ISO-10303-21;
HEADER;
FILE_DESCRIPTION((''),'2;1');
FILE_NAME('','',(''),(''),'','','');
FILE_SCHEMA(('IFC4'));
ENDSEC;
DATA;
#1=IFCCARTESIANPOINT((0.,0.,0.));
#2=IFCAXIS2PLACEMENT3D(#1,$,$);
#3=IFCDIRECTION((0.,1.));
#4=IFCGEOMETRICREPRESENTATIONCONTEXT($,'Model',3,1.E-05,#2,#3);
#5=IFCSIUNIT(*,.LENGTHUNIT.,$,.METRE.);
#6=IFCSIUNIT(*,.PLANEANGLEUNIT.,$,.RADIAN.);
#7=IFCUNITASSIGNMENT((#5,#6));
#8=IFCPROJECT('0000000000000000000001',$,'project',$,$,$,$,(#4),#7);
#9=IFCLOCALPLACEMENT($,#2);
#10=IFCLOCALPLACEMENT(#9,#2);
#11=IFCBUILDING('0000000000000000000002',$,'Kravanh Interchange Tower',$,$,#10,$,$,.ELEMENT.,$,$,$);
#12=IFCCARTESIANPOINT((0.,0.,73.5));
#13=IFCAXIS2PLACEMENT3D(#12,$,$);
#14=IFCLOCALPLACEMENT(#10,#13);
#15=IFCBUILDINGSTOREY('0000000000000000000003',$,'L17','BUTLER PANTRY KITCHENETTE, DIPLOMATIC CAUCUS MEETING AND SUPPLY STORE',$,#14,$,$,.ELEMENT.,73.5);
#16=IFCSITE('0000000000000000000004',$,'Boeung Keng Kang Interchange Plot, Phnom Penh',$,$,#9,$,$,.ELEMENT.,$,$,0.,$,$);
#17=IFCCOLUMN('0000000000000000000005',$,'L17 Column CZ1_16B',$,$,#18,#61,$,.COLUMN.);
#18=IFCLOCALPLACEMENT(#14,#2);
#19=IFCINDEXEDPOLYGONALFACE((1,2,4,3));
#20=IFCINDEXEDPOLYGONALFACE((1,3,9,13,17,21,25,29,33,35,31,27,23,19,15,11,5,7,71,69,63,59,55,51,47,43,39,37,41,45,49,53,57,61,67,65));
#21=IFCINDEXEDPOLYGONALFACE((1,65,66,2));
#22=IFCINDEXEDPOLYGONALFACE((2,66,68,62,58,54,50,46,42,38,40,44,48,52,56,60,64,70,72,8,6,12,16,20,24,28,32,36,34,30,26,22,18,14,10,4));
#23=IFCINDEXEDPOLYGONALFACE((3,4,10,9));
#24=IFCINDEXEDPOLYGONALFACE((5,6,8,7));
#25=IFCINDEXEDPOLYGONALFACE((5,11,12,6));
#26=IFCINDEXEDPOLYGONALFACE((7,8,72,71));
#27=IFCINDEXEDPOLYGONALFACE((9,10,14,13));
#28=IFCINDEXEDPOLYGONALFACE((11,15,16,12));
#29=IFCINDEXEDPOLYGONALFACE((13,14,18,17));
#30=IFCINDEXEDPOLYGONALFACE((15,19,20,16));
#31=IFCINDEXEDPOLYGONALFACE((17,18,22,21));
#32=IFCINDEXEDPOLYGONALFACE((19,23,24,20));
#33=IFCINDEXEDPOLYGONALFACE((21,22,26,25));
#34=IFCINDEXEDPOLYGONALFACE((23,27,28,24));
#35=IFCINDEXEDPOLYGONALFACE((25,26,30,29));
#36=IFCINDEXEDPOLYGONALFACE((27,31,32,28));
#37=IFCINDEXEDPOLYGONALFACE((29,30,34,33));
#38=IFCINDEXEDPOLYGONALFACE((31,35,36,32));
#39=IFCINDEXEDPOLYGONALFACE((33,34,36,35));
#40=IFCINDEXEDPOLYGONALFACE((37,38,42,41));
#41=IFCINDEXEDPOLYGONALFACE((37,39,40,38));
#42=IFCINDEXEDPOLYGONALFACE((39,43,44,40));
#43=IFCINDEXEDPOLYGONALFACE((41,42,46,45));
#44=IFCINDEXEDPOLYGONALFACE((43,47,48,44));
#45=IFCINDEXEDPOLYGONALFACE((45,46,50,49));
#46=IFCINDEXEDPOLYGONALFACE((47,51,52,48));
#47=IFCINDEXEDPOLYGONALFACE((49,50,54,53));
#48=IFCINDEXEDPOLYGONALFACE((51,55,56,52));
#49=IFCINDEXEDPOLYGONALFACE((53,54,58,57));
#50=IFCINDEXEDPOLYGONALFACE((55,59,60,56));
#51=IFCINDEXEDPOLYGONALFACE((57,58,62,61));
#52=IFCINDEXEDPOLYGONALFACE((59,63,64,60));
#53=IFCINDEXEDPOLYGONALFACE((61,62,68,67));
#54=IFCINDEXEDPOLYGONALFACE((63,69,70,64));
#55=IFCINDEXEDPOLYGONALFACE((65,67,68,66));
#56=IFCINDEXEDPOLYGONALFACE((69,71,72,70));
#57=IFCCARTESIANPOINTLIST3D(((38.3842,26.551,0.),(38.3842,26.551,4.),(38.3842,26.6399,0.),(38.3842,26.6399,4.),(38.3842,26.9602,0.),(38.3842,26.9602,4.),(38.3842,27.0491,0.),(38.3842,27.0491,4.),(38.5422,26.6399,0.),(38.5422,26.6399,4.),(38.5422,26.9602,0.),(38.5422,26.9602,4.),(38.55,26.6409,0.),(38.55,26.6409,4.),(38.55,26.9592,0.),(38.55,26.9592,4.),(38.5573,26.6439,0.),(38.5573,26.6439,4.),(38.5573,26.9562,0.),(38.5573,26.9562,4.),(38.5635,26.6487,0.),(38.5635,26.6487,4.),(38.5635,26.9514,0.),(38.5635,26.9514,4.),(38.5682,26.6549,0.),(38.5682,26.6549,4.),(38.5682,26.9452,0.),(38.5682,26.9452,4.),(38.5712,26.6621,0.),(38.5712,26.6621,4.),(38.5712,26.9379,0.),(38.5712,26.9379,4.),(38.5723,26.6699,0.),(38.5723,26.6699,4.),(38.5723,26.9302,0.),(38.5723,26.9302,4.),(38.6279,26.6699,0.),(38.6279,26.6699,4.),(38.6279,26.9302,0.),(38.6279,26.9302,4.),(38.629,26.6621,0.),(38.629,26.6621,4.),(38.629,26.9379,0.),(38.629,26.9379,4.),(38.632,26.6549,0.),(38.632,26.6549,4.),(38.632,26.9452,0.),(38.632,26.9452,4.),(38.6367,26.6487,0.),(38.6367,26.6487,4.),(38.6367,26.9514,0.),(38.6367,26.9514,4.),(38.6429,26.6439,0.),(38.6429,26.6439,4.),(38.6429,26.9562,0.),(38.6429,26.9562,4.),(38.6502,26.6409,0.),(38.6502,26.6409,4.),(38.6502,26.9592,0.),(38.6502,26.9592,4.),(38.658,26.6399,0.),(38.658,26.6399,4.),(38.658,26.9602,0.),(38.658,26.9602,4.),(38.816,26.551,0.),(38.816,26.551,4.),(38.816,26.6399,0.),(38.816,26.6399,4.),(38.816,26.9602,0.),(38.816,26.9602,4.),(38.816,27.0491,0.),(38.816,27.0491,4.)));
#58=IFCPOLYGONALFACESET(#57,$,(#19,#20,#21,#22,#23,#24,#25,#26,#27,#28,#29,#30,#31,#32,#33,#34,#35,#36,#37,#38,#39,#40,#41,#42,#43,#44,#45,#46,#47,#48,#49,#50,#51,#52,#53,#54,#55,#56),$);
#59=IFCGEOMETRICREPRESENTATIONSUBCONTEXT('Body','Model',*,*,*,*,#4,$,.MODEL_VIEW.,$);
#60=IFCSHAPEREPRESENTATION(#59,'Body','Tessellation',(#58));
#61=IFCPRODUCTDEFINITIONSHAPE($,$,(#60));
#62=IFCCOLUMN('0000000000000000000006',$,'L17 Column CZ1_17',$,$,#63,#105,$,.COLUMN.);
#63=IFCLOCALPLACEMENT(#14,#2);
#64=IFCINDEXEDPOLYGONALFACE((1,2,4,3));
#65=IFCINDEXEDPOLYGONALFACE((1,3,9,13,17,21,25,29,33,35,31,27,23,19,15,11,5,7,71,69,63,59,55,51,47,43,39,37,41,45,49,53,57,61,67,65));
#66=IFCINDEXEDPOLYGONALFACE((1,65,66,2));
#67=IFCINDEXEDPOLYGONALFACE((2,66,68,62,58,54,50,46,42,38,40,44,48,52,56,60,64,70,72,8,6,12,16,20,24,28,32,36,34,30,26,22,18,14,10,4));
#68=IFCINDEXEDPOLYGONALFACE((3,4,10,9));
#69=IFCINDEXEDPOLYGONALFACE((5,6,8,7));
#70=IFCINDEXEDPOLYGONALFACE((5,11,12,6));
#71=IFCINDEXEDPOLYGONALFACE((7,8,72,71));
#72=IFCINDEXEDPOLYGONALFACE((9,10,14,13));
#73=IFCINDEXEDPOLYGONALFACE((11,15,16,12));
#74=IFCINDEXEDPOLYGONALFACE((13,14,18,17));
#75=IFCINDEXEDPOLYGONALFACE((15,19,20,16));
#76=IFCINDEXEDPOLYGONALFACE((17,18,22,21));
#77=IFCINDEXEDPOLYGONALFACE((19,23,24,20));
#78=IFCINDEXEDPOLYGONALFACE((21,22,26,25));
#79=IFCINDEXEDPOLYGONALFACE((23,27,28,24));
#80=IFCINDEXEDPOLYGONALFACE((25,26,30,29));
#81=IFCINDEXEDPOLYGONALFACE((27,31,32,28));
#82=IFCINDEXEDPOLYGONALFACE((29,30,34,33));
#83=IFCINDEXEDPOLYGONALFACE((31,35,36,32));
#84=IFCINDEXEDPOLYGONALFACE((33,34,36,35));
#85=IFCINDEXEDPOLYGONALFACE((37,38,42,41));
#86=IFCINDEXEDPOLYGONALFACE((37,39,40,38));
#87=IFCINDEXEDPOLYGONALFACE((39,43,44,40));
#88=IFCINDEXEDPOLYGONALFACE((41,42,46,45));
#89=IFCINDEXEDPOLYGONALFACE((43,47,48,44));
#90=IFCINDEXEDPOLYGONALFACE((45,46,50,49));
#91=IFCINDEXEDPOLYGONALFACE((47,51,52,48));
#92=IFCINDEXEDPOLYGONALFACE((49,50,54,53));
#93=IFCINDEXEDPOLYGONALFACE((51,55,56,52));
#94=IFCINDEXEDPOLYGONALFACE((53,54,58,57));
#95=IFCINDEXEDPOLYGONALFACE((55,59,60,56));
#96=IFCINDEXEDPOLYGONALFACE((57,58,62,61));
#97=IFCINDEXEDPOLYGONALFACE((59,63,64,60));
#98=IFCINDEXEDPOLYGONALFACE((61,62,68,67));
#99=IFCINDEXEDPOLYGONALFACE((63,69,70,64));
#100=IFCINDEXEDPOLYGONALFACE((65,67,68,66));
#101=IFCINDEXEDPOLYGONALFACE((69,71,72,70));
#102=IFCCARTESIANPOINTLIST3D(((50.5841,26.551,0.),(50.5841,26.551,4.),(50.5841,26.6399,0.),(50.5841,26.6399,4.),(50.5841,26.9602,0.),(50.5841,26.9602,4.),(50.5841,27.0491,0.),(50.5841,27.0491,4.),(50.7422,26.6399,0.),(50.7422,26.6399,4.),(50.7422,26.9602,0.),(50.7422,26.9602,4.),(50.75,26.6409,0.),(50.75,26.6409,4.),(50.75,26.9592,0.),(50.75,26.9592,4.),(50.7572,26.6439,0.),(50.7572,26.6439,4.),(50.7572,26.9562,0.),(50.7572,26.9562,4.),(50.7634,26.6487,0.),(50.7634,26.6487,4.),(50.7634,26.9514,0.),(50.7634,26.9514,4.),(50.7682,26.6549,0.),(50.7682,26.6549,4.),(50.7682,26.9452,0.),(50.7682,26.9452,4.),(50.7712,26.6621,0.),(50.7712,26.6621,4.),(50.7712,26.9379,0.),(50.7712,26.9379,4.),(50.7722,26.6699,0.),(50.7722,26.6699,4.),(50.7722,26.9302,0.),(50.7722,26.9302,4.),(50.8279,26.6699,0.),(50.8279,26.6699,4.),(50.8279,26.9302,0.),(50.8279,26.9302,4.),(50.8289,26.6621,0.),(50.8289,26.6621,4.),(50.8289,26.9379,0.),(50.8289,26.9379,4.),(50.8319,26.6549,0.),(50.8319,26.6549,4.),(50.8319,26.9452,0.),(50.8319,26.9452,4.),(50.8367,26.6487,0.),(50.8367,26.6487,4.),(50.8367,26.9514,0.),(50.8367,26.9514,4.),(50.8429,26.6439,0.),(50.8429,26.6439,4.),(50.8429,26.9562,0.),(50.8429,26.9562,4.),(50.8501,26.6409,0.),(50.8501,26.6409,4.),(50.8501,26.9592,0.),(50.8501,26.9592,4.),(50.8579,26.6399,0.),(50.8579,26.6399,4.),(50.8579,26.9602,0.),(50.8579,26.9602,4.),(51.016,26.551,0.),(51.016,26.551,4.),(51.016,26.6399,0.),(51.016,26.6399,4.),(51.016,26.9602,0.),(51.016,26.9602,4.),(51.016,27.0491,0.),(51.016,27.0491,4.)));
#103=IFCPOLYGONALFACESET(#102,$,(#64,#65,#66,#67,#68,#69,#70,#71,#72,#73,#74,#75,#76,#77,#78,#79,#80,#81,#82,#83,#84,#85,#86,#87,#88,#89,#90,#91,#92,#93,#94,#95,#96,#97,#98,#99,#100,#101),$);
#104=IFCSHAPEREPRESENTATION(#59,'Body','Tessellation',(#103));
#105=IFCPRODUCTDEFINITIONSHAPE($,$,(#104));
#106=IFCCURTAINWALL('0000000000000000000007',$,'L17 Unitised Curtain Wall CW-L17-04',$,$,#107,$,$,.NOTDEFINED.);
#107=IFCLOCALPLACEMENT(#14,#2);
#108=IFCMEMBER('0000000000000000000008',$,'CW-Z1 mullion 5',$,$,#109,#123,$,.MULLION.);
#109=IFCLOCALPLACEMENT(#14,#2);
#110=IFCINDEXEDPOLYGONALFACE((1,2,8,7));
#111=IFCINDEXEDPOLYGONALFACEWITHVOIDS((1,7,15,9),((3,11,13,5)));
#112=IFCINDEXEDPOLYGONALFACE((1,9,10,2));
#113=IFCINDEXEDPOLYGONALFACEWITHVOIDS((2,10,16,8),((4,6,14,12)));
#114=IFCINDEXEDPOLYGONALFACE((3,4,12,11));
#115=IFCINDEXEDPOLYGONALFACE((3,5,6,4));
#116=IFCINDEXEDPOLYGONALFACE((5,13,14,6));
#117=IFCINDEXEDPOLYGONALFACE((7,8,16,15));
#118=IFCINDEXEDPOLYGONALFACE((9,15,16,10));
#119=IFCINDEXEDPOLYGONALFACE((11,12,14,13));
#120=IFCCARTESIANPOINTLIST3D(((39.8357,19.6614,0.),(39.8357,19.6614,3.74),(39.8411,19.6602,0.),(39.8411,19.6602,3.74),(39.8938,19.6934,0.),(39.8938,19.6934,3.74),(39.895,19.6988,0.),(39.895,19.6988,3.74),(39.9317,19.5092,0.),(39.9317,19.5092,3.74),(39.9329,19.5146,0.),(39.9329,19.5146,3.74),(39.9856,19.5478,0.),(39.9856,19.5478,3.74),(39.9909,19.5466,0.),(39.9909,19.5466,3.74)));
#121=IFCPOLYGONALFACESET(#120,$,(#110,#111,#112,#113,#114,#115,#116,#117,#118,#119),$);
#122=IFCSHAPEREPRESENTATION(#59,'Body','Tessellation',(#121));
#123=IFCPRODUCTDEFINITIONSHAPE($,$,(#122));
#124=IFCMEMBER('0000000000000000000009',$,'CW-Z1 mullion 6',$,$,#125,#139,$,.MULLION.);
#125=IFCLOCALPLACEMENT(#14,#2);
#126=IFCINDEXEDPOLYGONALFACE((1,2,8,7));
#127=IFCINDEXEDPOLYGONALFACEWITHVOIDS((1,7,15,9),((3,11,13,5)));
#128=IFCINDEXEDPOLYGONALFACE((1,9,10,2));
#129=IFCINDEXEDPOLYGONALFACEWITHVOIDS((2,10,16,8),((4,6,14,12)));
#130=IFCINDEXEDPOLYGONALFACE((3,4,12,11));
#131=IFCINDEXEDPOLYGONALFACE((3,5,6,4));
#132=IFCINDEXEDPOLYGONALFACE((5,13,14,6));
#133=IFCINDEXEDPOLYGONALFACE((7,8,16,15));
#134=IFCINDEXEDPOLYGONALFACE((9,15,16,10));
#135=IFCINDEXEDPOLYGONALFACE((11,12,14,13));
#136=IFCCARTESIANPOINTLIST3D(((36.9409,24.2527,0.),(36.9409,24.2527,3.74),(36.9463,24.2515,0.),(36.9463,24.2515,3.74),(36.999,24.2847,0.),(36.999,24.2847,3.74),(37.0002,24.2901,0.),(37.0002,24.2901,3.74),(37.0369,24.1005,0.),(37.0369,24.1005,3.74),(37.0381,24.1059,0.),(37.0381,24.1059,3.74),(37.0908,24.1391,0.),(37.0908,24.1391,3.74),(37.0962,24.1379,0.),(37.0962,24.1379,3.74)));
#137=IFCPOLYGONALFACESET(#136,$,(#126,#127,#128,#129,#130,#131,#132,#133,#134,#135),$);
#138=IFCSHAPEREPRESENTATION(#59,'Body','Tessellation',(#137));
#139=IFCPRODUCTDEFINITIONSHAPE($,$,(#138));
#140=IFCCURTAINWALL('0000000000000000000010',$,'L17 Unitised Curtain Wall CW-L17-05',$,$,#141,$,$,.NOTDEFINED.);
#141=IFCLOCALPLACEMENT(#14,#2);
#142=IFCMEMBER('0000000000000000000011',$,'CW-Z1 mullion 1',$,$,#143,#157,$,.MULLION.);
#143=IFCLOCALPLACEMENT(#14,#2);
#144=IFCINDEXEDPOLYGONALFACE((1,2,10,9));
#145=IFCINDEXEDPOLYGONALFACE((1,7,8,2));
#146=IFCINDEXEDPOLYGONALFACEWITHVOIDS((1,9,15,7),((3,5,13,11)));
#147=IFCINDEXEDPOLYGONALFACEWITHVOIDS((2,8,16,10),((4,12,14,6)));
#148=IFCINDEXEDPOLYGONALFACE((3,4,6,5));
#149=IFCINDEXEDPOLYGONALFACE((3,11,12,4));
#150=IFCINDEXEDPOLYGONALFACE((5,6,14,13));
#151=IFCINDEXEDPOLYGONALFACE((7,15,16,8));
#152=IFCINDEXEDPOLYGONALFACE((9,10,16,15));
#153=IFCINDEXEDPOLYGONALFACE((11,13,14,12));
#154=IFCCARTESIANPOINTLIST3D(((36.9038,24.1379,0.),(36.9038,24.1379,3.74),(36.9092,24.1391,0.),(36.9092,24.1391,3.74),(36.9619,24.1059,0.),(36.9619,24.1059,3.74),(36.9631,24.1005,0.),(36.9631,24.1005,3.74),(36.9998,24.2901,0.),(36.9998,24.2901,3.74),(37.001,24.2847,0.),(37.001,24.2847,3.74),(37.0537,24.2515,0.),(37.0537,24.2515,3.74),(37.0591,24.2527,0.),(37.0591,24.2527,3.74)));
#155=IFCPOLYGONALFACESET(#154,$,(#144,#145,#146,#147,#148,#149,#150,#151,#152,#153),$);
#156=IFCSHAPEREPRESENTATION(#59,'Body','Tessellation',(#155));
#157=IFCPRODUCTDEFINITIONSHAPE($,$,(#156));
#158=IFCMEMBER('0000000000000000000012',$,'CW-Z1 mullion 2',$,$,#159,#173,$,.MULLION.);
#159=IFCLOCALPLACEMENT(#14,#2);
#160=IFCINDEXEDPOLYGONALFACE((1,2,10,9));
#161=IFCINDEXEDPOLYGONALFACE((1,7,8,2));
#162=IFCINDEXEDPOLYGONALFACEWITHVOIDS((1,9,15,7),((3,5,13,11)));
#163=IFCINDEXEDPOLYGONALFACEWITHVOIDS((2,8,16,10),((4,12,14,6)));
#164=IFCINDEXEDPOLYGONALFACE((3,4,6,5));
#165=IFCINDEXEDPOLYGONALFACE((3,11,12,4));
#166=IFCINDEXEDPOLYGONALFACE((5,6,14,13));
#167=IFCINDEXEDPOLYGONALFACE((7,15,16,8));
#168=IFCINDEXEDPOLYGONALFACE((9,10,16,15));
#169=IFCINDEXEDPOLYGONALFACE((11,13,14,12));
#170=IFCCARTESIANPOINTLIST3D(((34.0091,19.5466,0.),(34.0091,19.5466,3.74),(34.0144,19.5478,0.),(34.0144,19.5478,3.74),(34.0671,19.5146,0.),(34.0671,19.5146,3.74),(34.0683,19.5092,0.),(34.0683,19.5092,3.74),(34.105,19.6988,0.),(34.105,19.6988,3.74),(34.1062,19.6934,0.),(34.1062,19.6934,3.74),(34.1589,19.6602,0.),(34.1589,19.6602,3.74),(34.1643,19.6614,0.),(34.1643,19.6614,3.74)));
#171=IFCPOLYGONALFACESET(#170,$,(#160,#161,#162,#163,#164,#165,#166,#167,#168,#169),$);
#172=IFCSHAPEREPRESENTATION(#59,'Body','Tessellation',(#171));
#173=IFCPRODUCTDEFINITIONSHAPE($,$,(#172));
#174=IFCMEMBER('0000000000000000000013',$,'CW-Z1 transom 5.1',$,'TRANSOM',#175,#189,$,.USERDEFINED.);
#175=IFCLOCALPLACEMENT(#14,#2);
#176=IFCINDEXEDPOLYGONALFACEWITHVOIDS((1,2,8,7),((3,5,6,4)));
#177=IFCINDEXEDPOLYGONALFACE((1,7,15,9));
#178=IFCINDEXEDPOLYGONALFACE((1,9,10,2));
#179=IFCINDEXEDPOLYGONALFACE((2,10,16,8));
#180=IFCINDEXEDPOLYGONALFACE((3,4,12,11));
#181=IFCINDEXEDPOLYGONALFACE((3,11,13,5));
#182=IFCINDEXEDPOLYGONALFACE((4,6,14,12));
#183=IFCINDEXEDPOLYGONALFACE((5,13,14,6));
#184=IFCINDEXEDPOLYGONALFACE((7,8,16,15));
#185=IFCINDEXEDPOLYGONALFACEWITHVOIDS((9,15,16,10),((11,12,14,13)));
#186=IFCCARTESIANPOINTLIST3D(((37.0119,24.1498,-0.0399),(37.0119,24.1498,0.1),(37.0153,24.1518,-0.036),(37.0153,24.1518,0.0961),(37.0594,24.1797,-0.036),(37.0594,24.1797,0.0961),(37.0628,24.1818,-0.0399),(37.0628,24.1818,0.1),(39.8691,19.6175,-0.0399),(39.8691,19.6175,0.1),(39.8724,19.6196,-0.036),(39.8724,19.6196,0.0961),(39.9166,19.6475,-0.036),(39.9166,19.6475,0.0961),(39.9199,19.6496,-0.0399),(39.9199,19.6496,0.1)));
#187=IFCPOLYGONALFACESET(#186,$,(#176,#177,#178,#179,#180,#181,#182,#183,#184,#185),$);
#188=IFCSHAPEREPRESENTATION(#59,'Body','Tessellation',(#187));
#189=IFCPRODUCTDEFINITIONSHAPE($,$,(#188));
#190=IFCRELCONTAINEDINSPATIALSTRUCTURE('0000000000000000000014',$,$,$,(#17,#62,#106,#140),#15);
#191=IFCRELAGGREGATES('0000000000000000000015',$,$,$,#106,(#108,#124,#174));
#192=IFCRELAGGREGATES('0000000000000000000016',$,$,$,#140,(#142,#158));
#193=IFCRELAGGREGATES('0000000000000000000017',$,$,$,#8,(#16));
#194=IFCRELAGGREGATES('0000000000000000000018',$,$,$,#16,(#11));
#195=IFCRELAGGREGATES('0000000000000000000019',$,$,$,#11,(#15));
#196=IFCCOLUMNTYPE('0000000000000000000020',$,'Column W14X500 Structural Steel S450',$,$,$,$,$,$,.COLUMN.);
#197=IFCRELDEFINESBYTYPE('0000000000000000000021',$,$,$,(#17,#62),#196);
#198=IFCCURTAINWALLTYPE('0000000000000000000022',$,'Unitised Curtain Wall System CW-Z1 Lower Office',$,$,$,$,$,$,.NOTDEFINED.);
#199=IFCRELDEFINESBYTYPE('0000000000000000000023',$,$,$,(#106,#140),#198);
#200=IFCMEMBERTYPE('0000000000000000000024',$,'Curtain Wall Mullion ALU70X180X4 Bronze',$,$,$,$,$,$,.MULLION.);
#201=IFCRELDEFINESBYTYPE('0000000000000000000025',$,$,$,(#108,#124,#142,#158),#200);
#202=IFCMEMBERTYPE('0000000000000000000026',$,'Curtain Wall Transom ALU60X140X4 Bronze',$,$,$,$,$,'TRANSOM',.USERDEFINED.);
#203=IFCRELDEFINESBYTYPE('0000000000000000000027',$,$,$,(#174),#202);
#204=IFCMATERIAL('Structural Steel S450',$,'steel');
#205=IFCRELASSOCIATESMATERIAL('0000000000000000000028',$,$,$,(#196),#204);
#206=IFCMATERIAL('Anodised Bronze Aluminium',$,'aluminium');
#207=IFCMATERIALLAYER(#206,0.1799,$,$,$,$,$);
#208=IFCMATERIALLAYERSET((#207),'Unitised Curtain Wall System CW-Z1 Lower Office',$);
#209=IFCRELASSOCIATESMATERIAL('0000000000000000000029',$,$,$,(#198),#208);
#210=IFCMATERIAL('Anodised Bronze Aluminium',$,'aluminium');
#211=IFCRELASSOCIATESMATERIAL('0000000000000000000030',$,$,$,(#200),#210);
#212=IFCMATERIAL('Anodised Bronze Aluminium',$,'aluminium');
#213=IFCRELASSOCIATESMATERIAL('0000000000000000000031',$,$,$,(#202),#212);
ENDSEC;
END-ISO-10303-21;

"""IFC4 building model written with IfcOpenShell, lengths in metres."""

from ifc_helpers import new_model, si_unit, direction, frame, origin, origin_2d, place, context, subcontext, project, spatial, hollow_rectangle, i_section, extrude, material, layer, layer_set, material_profile, profile_set, type_object, element, aggregate, save


model = new_model("IFC4")

# Units and contexts
model_context = context("Model", 3, precision=1e-05, world=origin(), true_north=direction((0.0, 1.0)))
body_context = subcontext(model_context, "Body", "Model", "MODEL_VIEW")
ifc_project = project(units=[si_unit("LENGTHUNIT", "METRE"), si_unit("PLANEANGLEUNIT", "RADIAN")], contexts=[model_context])

# Site, building, storey
site_placement = place(None, origin())
site = spatial("IfcSite", under=ifc_project, at=site_placement, Name="Boeung Keng Kang Interchange Plot, Phnom Penh", CompositionType="ELEMENT", RefElevation=0.0)
building_placement = place(site_placement, origin())
building = spatial("IfcBuilding", under=site, at=building_placement, Name="Kravanh Interchange Tower", CompositionType="ELEMENT")
storey_placement = place(building_placement, frame((0.0, 0.0, 73.5)))
storey = spatial("IfcBuildingStorey", under=building, at=storey_placement, Name="L17", Description="BUTLER PANTRY KITCHENETTE, DIPLOMATIC CAUCUS MEETING AND SUPPLY STORE", CompositionType="ELEMENT", Elevation=73.5)

# Columns
ifc_material_1 = material(Name="Structural Steel S450", Category="steel")
ifc_material_profile_1 = material_profile(ifc_material_1, i_section(OverallWidth=0.4319, OverallDepth=0.498, WebThickness=0.0557, FlangeThickness=0.0889, FilletRadius=0.03, at=origin_2d()), Name="W14X500")
ifc_profile_set_1 = profile_set([ifc_material_profile_1], Name="Structural Steel S450")
column_type = type_object("IfcColumnType", Name="Column W14X500 Structural Steel S450", PredefinedType="COLUMN", material=ifc_profile_set_1)
for number, where, z_axis, x_axis, name in (
    (1, (38.6001, 26.8, 0.0), (0.0, 0.0, 1.0), (1.0, 0.0, 0.0), "L17 Column CZ1_16B"),
    (2, (50.8, 26.8, 0.0), (0.0, 0.0, 1.0), (1.0, 0.0, 0.0), "L17 Column CZ1_17"),
):
    element("IfcColumn", number, at=place(storey_placement, frame(where, z_axis=z_axis, x_axis=x_axis)), inside=storey, type_object=column_type, Name=name, PredefinedType="COLUMN", context=body_context, shape_type="SweptSolid", body=[
        extrude(i_section(OverallWidth=0.4319, OverallDepth=0.498, WebThickness=0.0557, FlangeThickness=0.0889, FilletRadius=0.03, at=origin_2d()), origin(), (0.0, 0.0, 1.0), 4.0),
    ])

# Curtain walls, members
ifc_material_2 = material(Name="Anodised Bronze Aluminium", Category="aluminium")
ifc_layer_1 = layer(ifc_material_2, 0.1799)
ifc_layer_set_1 = layer_set([ifc_layer_1], Name="Unitised Curtain Wall System CW-Z1 Lower Office")
curtain_wall_type = type_object("IfcCurtainWallType", Name="Unitised Curtain Wall System CW-Z1 Lower Office", PredefinedType="NOTDEFINED", material=ifc_layer_set_1)
curtain_wall_1_placement = place(storey_placement, origin())
curtain_wall_1 = element("IfcCurtainWall", 3, at=curtain_wall_1_placement, inside=storey, type_object=curtain_wall_type, Name="L17 Unitised Curtain Wall CW-L17-04", PredefinedType="NOTDEFINED")
ifc_material_3 = material(Name="Anodised Bronze Aluminium", Category="aluminium")
ifc_material_profile_2 = material_profile(ifc_material_3, hollow_rectangle(XDim=0.0701, YDim=0.1799, WallThickness=0.0039, at=origin_2d()), Name="ALU70X180X4")
ifc_profile_set_2 = profile_set([ifc_material_profile_2], Name="Anodised Bronze Aluminium")
member_type_1 = type_object("IfcMemberType", Name="Curtain Wall Mullion ALU70X180X4 Bronze", PredefinedType="MULLION", material=ifc_profile_set_2)
member_1_placement = place(storey_placement, frame((39.9133, 19.604, 0.0), z_axis=(0.0, 0.0, 1.0), x_axis=(-0.845926, -0.533301, 0.0)))
member_1 = element("IfcMember", 4, at=member_1_placement, type_object=member_type_1, Name="CW-Z1 mullion 5", PredefinedType="MULLION", context=body_context, shape_type="SweptSolid", body=[
    extrude(hollow_rectangle(XDim=0.0701, YDim=0.1799, WallThickness=0.0039, at=origin_2d()), origin(), (0.0, 0.0, 1.0), 3.74),
])
member_2_placement = place(storey_placement, frame((37.0186, 24.1953, 0.0), z_axis=(0.0, 0.0, 1.0), x_axis=(-0.845926, -0.533301, 0.0)))
member_2 = element("IfcMember", 5, at=member_2_placement, type_object=member_type_1, Name="CW-Z1 mullion 6", PredefinedType="MULLION", context=body_context, shape_type="SweptSolid", body=[
    extrude(hollow_rectangle(XDim=0.0701, YDim=0.1799, WallThickness=0.0039, at=origin_2d()), origin(), (0.0, 0.0, 1.0), 3.74),
])
curtain_wall_2_placement = place(storey_placement, origin())
curtain_wall_2 = element("IfcCurtainWall", 6, at=curtain_wall_2_placement, inside=storey, type_object=curtain_wall_type, Name="L17 Unitised Curtain Wall CW-L17-05", PredefinedType="NOTDEFINED")
member_3_placement = place(storey_placement, frame((36.9814, 24.1953, 0.0), z_axis=(0.0, 0.0, 1.0), x_axis=(0.845926, -0.533301, 0.0)))
member_3 = element("IfcMember", 7, at=member_3_placement, type_object=member_type_1, Name="CW-Z1 mullion 1", PredefinedType="MULLION", context=body_context, shape_type="SweptSolid", body=[
    extrude(hollow_rectangle(XDim=0.0701, YDim=0.1799, WallThickness=0.0039, at=origin_2d()), origin(), (0.0, 0.0, 1.0), 3.74),
])
member_4_placement = place(storey_placement, frame((34.0867, 19.604, 0.0), z_axis=(0.0, 0.0, 1.0), x_axis=(0.845926, -0.533301, 0.0)))
member_4 = element("IfcMember", 8, at=member_4_placement, type_object=member_type_1, Name="CW-Z1 mullion 2", PredefinedType="MULLION", context=body_context, shape_type="SweptSolid", body=[
    extrude(hollow_rectangle(XDim=0.0701, YDim=0.1799, WallThickness=0.0039, at=origin_2d()), origin(), (0.0, 0.0, 1.0), 3.74),
])

# Member
ifc_material_4 = material(Name="Anodised Bronze Aluminium", Category="aluminium")
ifc_material_profile_3 = material_profile(ifc_material_4, hollow_rectangle(XDim=0.0601, YDim=0.1399, WallThickness=0.0039, at=origin_2d()), Name="ALU60X140X4")
ifc_profile_set_3 = profile_set([ifc_material_profile_3], Name="Anodised Bronze Aluminium")
member_type_2 = type_object("IfcMemberType", Name="Curtain Wall Transom ALU60X140X4 Bronze", ElementType="TRANSOM", PredefinedType="USERDEFINED", material=ifc_profile_set_3)
member_5_placement = place(storey_placement, frame((39.8945, 19.6335, 0.03), z_axis=(-0.533288, 0.845934, 0.0), x_axis=(-0.845934, -0.533288, 0.0)))
member_5 = element("IfcMember", 9, at=member_5_placement, type_object=member_type_2, Name="CW-Z1 transom 5.1", ObjectType="TRANSOM", PredefinedType="USERDEFINED", context=body_context, shape_type="SweptSolid", body=[
    extrude(hollow_rectangle(XDim=0.0601, YDim=0.1399, WallThickness=0.0039, at=origin_2d()), origin(), (0.0, 0.0, 1.0), 5.3577),
])

aggregate(curtain_wall_1, [member_1, member_2, member_5])
aggregate(curtain_wall_2, [member_3, member_4])

save(model, "model.ifc")
